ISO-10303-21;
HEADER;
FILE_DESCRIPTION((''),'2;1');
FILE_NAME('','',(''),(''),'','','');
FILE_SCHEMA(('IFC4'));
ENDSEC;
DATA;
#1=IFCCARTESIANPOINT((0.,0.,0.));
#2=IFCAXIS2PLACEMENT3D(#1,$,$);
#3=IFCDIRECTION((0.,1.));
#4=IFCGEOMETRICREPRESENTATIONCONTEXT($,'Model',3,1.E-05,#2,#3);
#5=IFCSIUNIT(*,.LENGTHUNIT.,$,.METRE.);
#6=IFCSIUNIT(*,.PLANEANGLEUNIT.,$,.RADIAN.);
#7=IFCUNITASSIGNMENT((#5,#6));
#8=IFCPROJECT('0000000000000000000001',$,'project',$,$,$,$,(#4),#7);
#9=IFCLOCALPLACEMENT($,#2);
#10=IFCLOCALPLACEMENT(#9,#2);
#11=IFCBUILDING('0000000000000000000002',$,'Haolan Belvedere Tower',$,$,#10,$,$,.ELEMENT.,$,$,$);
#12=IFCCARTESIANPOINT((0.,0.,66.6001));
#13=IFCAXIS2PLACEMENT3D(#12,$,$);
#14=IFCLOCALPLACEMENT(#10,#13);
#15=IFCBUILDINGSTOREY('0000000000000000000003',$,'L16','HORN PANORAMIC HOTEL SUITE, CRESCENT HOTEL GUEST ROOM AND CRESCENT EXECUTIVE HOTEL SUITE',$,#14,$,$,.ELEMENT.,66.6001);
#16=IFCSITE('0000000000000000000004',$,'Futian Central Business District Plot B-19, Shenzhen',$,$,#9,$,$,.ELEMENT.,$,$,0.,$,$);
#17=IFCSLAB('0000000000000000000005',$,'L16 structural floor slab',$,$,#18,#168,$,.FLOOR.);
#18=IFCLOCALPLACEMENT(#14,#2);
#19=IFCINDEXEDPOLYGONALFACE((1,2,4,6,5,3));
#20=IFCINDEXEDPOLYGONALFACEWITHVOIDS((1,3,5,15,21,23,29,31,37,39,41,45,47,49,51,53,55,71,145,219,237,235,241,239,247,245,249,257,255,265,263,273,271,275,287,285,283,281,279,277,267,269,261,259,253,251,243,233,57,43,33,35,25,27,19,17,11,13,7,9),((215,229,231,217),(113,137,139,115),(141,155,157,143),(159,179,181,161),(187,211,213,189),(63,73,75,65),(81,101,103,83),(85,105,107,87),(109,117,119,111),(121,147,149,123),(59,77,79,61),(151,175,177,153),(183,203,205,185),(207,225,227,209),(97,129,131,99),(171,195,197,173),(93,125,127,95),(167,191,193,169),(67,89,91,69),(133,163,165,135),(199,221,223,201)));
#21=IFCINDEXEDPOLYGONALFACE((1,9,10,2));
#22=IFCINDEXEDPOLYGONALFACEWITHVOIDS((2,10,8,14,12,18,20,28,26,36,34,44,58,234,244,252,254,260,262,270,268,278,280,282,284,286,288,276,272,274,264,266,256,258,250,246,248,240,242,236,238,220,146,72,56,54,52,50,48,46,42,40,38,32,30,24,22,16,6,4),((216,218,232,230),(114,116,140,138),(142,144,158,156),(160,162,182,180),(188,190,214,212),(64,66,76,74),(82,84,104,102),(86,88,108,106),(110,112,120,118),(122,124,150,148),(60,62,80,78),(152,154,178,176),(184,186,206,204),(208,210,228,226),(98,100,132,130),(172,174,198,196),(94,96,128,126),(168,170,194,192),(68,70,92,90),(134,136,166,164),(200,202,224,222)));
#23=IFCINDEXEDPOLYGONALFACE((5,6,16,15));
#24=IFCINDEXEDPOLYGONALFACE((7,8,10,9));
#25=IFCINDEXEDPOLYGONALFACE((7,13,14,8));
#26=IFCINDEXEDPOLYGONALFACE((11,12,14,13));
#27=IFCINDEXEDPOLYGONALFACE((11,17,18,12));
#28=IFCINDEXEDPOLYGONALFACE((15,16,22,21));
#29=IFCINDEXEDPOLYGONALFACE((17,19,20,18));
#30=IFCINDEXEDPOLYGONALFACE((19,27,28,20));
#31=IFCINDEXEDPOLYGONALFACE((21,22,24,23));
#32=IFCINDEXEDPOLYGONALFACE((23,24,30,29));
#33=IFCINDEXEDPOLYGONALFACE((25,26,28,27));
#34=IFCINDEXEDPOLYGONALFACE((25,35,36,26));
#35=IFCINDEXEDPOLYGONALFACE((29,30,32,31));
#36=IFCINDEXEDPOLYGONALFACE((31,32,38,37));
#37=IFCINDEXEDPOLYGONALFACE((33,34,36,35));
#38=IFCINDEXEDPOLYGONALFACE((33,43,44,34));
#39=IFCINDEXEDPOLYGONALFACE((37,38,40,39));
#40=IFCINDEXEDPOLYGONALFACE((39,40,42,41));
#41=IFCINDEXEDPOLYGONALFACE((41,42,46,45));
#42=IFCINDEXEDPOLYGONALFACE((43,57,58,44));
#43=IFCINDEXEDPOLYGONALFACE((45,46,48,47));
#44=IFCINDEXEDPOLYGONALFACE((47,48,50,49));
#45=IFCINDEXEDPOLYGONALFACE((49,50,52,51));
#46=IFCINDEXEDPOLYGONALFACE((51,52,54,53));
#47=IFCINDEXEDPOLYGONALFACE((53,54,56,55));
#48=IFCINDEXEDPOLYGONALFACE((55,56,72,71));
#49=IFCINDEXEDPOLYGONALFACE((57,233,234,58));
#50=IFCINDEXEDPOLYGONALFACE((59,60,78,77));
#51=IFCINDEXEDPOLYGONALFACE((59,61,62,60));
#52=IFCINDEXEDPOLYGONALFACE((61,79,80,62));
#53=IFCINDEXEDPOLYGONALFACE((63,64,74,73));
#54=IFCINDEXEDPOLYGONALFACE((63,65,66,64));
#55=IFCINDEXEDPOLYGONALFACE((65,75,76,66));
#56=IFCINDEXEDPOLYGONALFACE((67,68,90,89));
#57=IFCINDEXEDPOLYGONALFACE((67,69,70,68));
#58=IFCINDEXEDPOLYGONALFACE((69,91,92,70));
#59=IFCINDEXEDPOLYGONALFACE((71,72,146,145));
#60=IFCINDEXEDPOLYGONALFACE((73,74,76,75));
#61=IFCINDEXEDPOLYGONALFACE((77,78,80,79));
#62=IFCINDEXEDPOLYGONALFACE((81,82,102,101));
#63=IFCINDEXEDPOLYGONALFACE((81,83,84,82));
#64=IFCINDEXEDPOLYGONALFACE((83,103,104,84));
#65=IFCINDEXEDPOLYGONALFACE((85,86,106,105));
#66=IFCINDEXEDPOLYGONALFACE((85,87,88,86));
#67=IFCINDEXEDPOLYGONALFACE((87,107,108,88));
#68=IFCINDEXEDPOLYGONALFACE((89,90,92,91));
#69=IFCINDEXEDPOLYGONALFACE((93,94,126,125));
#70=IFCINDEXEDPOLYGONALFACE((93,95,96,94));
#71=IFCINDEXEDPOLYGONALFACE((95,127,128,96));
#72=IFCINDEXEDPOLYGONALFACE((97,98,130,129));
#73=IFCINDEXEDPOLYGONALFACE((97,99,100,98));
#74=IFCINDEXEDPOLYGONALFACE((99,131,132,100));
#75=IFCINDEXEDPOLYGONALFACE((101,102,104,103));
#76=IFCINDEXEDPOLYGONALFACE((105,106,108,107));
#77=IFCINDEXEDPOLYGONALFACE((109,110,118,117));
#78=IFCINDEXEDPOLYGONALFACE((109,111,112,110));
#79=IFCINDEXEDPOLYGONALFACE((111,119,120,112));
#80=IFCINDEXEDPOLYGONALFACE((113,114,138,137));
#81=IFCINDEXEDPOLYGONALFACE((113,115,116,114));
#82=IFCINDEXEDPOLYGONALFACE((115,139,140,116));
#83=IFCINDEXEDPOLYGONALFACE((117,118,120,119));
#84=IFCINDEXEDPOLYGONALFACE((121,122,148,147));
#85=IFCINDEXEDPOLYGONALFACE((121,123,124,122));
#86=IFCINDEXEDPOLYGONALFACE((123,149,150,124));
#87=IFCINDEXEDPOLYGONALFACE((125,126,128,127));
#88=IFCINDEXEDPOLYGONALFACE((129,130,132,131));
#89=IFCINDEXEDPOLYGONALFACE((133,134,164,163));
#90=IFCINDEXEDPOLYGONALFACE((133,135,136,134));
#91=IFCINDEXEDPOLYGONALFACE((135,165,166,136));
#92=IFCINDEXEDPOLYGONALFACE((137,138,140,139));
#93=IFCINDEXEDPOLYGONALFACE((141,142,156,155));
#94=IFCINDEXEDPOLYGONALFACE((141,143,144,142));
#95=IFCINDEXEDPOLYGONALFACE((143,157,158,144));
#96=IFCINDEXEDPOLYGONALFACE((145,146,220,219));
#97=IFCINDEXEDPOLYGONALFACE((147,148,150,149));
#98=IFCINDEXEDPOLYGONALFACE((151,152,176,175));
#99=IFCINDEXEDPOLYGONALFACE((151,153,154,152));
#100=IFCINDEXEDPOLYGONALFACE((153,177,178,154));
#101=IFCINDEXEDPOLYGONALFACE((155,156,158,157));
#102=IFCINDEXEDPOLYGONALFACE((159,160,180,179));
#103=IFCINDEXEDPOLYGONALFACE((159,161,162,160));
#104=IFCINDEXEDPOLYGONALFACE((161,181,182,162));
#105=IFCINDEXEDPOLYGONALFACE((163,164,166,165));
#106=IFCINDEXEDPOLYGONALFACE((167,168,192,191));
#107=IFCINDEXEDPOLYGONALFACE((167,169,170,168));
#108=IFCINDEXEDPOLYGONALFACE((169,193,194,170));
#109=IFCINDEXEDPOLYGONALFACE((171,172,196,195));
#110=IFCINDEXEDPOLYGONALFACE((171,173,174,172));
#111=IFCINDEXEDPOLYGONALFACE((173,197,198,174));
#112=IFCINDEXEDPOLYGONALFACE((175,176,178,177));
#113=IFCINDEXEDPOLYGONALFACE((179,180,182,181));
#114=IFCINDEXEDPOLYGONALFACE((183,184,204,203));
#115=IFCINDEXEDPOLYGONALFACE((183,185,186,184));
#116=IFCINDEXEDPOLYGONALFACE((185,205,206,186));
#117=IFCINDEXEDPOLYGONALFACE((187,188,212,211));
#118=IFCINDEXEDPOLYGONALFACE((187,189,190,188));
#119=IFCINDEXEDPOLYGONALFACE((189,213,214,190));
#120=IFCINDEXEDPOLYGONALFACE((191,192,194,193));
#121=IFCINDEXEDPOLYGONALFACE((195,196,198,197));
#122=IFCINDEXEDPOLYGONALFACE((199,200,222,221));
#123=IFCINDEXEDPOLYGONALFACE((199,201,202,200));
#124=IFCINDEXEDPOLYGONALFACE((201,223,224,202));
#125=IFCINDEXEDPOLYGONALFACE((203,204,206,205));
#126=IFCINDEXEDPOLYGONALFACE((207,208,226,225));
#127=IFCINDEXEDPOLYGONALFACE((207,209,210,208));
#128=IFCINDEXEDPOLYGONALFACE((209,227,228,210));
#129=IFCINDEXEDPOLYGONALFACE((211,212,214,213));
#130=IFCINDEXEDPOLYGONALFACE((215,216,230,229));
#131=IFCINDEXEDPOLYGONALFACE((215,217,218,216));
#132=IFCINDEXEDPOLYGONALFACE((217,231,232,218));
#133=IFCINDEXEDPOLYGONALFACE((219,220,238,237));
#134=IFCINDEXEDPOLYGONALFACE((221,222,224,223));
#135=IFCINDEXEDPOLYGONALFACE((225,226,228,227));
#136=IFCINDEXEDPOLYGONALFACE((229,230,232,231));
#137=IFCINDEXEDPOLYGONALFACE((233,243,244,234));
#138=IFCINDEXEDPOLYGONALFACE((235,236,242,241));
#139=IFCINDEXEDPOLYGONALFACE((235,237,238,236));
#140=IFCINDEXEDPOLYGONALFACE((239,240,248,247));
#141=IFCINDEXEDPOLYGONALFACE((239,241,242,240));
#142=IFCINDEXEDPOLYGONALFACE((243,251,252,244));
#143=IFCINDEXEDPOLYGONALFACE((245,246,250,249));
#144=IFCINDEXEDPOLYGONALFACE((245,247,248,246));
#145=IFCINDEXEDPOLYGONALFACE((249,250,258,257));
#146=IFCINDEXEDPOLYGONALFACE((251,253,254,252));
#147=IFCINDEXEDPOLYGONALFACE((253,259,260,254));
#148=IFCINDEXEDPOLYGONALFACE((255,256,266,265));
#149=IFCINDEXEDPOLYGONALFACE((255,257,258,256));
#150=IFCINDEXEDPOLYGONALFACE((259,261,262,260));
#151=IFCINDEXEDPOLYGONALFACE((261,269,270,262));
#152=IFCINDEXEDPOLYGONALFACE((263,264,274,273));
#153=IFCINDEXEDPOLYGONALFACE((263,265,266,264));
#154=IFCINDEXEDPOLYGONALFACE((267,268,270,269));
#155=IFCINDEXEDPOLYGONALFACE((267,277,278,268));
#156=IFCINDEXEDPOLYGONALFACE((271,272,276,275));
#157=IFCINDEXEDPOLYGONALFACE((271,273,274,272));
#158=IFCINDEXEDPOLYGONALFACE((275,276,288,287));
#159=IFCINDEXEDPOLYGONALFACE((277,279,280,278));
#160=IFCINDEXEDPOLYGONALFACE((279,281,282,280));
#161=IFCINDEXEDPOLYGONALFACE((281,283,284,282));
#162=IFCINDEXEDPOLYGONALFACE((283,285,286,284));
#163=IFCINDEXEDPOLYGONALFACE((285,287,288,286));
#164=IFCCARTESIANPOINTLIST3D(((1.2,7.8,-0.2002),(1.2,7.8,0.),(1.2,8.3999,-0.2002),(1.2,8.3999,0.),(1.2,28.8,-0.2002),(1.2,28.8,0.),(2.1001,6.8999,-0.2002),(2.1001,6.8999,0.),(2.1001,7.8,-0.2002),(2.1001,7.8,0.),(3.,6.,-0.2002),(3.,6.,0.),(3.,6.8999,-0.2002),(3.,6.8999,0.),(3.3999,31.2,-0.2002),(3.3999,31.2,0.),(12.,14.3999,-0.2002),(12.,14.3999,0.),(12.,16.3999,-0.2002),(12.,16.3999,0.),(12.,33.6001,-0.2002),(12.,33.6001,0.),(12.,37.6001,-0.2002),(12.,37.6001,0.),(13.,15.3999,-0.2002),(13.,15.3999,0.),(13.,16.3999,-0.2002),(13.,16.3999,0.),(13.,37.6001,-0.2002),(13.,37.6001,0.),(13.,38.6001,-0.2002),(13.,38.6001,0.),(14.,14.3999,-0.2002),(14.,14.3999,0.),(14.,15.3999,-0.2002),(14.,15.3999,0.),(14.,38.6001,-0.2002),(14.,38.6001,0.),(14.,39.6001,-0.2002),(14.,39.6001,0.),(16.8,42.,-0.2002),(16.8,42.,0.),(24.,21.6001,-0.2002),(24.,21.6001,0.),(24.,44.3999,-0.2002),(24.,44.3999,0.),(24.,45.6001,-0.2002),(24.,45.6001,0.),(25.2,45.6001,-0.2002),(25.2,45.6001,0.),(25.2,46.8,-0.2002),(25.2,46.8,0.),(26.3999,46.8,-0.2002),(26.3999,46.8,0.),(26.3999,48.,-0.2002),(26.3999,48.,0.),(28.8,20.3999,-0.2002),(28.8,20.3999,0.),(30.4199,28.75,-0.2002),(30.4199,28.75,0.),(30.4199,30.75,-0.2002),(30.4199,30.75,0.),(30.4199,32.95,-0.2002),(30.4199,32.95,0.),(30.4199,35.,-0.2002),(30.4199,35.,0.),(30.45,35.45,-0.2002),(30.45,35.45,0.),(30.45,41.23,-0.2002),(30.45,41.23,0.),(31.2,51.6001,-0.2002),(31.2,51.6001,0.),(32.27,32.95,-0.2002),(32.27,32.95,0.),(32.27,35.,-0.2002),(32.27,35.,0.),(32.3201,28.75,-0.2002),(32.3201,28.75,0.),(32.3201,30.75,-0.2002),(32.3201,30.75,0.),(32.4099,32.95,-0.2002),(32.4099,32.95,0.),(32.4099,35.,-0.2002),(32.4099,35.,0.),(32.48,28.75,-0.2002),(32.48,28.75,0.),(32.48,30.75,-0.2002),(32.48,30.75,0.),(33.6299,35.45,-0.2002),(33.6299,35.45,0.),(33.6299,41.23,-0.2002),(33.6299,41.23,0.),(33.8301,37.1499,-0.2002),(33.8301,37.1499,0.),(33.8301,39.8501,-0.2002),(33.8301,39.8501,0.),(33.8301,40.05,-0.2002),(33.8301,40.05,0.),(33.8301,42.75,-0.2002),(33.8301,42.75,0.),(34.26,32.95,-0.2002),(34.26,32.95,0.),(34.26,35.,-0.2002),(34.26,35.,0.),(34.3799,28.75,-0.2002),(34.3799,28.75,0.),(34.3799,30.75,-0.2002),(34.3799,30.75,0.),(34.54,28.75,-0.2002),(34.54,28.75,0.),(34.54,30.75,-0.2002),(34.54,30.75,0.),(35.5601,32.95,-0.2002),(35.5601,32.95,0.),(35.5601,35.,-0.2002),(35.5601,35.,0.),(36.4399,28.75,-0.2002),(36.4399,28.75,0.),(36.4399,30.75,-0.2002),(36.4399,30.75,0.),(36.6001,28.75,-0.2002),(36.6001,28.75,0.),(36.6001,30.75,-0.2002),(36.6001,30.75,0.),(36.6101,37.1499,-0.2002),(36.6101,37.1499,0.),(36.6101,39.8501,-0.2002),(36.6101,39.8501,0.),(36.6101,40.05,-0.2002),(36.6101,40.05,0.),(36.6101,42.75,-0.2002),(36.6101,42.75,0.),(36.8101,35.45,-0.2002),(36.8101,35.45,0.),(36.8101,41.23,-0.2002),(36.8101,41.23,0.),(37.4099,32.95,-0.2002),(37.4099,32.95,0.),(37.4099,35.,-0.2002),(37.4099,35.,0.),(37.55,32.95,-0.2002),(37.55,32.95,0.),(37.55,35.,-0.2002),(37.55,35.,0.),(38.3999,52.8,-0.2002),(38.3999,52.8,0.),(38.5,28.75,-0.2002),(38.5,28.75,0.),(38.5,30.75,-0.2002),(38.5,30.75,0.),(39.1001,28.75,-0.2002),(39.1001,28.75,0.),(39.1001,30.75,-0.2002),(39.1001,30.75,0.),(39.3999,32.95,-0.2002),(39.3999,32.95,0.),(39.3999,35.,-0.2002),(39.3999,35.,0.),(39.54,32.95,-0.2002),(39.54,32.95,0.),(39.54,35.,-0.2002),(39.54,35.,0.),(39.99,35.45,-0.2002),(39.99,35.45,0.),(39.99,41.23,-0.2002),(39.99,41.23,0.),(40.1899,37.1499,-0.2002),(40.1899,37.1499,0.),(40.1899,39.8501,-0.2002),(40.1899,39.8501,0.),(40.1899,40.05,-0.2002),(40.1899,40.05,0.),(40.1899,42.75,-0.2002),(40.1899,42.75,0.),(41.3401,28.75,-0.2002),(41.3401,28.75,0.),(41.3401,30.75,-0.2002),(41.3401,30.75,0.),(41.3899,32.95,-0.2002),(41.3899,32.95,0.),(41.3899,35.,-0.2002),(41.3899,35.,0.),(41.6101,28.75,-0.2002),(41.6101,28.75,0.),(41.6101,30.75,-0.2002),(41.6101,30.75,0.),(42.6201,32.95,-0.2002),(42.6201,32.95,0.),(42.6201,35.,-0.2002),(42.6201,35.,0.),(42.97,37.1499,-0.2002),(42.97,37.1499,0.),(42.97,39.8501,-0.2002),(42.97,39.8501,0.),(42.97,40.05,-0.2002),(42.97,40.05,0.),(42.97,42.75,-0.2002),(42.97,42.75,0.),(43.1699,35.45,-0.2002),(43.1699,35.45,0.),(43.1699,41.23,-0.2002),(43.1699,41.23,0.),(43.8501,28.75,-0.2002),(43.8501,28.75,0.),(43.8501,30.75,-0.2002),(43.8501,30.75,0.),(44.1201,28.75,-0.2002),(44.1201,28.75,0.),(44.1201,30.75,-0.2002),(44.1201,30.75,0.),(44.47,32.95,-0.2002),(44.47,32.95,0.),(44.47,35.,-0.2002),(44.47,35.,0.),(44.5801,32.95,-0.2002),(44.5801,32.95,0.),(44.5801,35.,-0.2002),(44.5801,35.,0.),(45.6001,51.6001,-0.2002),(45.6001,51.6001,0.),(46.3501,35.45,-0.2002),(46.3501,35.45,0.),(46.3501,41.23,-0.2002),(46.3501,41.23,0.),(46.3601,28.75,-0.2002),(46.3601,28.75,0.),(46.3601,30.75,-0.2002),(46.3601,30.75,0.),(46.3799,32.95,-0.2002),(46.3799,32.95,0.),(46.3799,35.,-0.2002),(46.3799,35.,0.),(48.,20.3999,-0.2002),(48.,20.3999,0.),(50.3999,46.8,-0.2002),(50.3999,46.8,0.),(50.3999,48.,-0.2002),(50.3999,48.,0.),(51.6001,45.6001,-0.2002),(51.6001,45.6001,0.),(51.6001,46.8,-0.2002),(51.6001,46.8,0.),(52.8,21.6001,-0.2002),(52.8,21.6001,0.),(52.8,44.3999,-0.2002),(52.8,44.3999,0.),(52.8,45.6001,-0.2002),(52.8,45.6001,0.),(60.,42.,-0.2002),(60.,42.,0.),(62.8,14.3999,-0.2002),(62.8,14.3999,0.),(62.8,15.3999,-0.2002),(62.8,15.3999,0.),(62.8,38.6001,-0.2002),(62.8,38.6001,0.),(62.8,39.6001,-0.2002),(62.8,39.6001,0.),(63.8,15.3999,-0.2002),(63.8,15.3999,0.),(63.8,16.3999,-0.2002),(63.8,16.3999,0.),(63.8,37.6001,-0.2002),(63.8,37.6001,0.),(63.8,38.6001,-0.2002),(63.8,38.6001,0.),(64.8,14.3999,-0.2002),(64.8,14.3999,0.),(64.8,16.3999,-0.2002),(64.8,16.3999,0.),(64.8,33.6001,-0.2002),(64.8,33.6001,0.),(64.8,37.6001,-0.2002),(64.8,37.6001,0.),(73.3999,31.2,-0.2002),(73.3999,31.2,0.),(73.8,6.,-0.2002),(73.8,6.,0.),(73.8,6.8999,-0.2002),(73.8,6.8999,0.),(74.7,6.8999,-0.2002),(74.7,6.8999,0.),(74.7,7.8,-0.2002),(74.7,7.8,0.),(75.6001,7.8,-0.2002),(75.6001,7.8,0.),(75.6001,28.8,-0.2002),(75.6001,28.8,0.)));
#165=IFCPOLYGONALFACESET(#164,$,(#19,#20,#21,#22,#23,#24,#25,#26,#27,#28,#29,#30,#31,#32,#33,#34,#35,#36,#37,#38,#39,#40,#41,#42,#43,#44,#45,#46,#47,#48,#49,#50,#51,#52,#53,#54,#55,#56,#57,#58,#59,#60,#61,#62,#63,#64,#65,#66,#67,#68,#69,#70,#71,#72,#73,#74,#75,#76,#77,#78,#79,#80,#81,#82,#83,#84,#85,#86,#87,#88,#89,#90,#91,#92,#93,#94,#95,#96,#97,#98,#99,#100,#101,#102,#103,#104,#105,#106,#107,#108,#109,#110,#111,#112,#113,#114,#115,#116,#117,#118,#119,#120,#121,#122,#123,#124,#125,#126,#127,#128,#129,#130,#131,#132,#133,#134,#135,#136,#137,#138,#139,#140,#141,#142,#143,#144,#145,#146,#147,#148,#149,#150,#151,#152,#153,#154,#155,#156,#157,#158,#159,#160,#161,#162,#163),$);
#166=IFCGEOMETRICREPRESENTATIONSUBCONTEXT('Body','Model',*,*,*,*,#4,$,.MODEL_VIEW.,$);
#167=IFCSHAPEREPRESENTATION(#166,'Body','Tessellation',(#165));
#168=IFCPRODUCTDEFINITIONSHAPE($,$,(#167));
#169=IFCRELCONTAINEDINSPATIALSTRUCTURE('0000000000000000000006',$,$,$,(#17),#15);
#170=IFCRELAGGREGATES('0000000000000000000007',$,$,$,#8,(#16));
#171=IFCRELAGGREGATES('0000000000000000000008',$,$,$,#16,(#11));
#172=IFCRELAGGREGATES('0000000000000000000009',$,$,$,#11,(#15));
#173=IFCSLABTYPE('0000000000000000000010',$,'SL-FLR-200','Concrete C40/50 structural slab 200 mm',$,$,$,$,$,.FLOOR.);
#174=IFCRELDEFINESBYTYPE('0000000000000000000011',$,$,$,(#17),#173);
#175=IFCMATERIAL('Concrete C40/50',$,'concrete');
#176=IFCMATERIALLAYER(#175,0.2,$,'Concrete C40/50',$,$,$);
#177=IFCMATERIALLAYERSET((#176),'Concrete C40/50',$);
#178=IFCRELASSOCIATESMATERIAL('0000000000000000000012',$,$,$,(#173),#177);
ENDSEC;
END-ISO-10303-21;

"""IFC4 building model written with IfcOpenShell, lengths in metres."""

from ifc_helpers import new_model, si_unit, direction, frame, origin, place, context, subcontext, project, spatial, polyline, outline, extrude, material, layer, layer_set, type_object, element, save


model = new_model("IFC4")

# Units and contexts
model_context = context("Model", 3, precision=1e-05, world=origin(), true_north=direction((0.0, 1.0)))
body_context = subcontext(model_context, "Body", "Model", "MODEL_VIEW")
ifc_project = project(units=[si_unit("LENGTHUNIT", "METRE"), si_unit("PLANEANGLEUNIT", "RADIAN")], contexts=[model_context])

# Site, building, storey
site_placement = place(None, origin())
site = spatial("IfcSite", under=ifc_project, at=site_placement, Name="Futian Central Business District Plot B-19, Shenzhen", CompositionType="ELEMENT", RefElevation=0.0)
building_placement = place(site_placement, origin())
building = spatial("IfcBuilding", under=site, at=building_placement, Name="Haolan Belvedere Tower", CompositionType="ELEMENT")
storey_placement = place(building_placement, frame((0.0, 0.0, 66.6001)))
storey = spatial("IfcBuildingStorey", under=building, at=storey_placement, Name="L16", Description="HORN PANORAMIC HOTEL SUITE, CRESCENT HOTEL GUEST ROOM AND CRESCENT EXECUTIVE HOTEL SUITE", CompositionType="ELEMENT", Elevation=66.6001)

# Slab
ifc_material_1 = material(Name="Concrete C40/50", Category="concrete")
ifc_layer_1 = layer(ifc_material_1, 0.2, Name="Concrete C40/50")
ifc_layer_set_1 = layer_set([ifc_layer_1], Name="Concrete C40/50")
slab_type_1 = type_object("IfcSlabType", Name="SL-FLR-200", Description="Concrete C40/50 structural slab 200 mm", PredefinedType="FLOOR", material=ifc_layer_set_1)
slab_1_placement = place(storey_placement, frame((0.0, 0.0, -0.2002)))
element("IfcSlab", 1, at=slab_1_placement, inside=storey, type_object=slab_type_1, Name="L16 structural floor slab", PredefinedType="FLOOR", context=body_context, shape_type="SweptSolid", body=[
    extrude(outline(polyline([(1.2, 28.8), (1.2, 8.3999), (1.2, 7.8), (2.1001, 7.8), (2.1001, 6.8999), (3.0, 6.8999), (3.0, 6.0), (12.0, 14.3999), (12.0, 16.3999), (13.0, 16.3999), (13.0, 15.3999), (14.0, 15.3999), (14.0, 14.3999), (24.0, 21.6001), (28.8, 20.3999), (48.0, 20.3999), (52.8, 21.6001), (62.8, 14.3999), (62.8, 15.3999), (63.8, 15.3999), (63.8, 16.3999), (64.8, 16.3999), (64.8, 14.3999), (73.8, 6.0), (73.8, 6.8999), (74.7, 6.8999), (74.7, 7.8), (75.6001, 7.8), (75.6001, 28.8), (73.3999, 31.2), (64.8, 33.6001), (64.8, 37.6001), (63.8, 37.6001), (63.8, 38.6001), (62.8, 38.6001), (62.8, 39.6001), (60.0, 42.0), (52.8, 44.3999), (52.8, 45.6001), (51.6001, 45.6001), (51.6001, 46.8), (50.3999, 46.8), (50.3999, 48.0), (45.6001, 51.6001), (38.3999, 52.8), (31.2, 51.6001), (26.3999, 48.0), (26.3999, 46.8), (25.2, 46.8), (25.2, 45.6001), (24.0, 45.6001), (24.0, 44.3999), (16.8, 42.0), (14.0, 39.6001), (14.0, 38.6001), (13.0, 38.6001), (13.0, 37.6001), (12.0, 37.6001), (12.0, 33.6001), (3.3999, 31.2), (1.2, 28.8)]), holes=[polyline([(30.45, 41.23), (30.45, 35.45), (33.6299, 35.45), (33.6299, 41.23), (30.45, 41.23)]), polyline([(36.8101, 41.23), (36.8101, 35.45), (39.99, 35.45), (39.99, 41.23), (36.8101, 41.23)]), polyline([(43.1699, 41.23), (43.1699, 35.45), (46.3501, 35.45), (46.3501, 41.23), (43.1699, 41.23)]), polyline([(33.8301, 40.05), (36.6101, 40.05), (36.6101, 42.75), (33.8301, 42.75), (33.8301, 40.05)]), polyline([(33.8301, 37.1499), (36.6101, 37.1499), (36.6101, 39.8501), (33.8301, 39.8501), (33.8301, 37.1499)]), polyline([(40.1899, 40.05), (42.97, 40.05), (42.97, 42.75), (40.1899, 42.75), (40.1899, 40.05)]), polyline([(40.1899, 37.1499), (42.97, 37.1499), (42.97, 39.8501), (40.1899, 39.8501), (40.1899, 37.1499)]), polyline([(30.4199, 32.95), (32.27, 32.95), (32.27, 35.0), (30.4199, 35.0), (30.4199, 32.95)]), polyline([(32.4099, 32.95), (34.26, 32.95), (34.26, 35.0), (32.4099, 35.0), (32.4099, 32.95)]), polyline([(35.5601, 32.95), (37.4099, 32.95), (37.4099, 35.0), (35.5601, 35.0), (35.5601, 32.95)]), polyline([(37.55, 32.95), (39.3999, 32.95), (39.3999, 35.0), (37.55, 35.0), (37.55, 32.95)]), polyline([(39.54, 32.95), (41.3899, 32.95), (41.3899, 35.0), (39.54, 35.0), (39.54, 32.95)]), polyline([(42.6201, 32.95), (44.47, 32.95), (44.47, 35.0), (42.6201, 35.0), (42.6201, 32.95)]), polyline([(44.5801, 32.95), (46.3799, 32.95), (46.3799, 35.0), (44.5801, 35.0), (44.5801, 32.95)]), polyline([(30.4199, 28.75), (32.3201, 28.75), (32.3201, 30.75), (30.4199, 30.75), (30.4199, 28.75)]), polyline([(32.48, 28.75), (34.3799, 28.75), (34.3799, 30.75), (32.48, 30.75), (32.48, 28.75)]), polyline([(34.54, 28.75), (36.4399, 28.75), (36.4399, 30.75), (34.54, 30.75), (34.54, 28.75)]), polyline([(36.6001, 28.75), (38.5, 28.75), (38.5, 30.75), (36.6001, 30.75), (36.6001, 28.75)]), polyline([(39.1001, 28.75), (41.3401, 28.75), (41.3401, 30.75), (39.1001, 30.75), (39.1001, 28.75)]), polyline([(41.6101, 28.75), (43.8501, 28.75), (43.8501, 30.75), (41.6101, 30.75), (41.6101, 28.75)]), polyline([(44.1201, 28.75), (46.3601, 28.75), (46.3601, 30.75), (44.1201, 30.75), (44.1201, 28.75)])]), origin(), (0.0, 0.0, 1.0), 0.2002),
])

save(model, "model.ifc")
